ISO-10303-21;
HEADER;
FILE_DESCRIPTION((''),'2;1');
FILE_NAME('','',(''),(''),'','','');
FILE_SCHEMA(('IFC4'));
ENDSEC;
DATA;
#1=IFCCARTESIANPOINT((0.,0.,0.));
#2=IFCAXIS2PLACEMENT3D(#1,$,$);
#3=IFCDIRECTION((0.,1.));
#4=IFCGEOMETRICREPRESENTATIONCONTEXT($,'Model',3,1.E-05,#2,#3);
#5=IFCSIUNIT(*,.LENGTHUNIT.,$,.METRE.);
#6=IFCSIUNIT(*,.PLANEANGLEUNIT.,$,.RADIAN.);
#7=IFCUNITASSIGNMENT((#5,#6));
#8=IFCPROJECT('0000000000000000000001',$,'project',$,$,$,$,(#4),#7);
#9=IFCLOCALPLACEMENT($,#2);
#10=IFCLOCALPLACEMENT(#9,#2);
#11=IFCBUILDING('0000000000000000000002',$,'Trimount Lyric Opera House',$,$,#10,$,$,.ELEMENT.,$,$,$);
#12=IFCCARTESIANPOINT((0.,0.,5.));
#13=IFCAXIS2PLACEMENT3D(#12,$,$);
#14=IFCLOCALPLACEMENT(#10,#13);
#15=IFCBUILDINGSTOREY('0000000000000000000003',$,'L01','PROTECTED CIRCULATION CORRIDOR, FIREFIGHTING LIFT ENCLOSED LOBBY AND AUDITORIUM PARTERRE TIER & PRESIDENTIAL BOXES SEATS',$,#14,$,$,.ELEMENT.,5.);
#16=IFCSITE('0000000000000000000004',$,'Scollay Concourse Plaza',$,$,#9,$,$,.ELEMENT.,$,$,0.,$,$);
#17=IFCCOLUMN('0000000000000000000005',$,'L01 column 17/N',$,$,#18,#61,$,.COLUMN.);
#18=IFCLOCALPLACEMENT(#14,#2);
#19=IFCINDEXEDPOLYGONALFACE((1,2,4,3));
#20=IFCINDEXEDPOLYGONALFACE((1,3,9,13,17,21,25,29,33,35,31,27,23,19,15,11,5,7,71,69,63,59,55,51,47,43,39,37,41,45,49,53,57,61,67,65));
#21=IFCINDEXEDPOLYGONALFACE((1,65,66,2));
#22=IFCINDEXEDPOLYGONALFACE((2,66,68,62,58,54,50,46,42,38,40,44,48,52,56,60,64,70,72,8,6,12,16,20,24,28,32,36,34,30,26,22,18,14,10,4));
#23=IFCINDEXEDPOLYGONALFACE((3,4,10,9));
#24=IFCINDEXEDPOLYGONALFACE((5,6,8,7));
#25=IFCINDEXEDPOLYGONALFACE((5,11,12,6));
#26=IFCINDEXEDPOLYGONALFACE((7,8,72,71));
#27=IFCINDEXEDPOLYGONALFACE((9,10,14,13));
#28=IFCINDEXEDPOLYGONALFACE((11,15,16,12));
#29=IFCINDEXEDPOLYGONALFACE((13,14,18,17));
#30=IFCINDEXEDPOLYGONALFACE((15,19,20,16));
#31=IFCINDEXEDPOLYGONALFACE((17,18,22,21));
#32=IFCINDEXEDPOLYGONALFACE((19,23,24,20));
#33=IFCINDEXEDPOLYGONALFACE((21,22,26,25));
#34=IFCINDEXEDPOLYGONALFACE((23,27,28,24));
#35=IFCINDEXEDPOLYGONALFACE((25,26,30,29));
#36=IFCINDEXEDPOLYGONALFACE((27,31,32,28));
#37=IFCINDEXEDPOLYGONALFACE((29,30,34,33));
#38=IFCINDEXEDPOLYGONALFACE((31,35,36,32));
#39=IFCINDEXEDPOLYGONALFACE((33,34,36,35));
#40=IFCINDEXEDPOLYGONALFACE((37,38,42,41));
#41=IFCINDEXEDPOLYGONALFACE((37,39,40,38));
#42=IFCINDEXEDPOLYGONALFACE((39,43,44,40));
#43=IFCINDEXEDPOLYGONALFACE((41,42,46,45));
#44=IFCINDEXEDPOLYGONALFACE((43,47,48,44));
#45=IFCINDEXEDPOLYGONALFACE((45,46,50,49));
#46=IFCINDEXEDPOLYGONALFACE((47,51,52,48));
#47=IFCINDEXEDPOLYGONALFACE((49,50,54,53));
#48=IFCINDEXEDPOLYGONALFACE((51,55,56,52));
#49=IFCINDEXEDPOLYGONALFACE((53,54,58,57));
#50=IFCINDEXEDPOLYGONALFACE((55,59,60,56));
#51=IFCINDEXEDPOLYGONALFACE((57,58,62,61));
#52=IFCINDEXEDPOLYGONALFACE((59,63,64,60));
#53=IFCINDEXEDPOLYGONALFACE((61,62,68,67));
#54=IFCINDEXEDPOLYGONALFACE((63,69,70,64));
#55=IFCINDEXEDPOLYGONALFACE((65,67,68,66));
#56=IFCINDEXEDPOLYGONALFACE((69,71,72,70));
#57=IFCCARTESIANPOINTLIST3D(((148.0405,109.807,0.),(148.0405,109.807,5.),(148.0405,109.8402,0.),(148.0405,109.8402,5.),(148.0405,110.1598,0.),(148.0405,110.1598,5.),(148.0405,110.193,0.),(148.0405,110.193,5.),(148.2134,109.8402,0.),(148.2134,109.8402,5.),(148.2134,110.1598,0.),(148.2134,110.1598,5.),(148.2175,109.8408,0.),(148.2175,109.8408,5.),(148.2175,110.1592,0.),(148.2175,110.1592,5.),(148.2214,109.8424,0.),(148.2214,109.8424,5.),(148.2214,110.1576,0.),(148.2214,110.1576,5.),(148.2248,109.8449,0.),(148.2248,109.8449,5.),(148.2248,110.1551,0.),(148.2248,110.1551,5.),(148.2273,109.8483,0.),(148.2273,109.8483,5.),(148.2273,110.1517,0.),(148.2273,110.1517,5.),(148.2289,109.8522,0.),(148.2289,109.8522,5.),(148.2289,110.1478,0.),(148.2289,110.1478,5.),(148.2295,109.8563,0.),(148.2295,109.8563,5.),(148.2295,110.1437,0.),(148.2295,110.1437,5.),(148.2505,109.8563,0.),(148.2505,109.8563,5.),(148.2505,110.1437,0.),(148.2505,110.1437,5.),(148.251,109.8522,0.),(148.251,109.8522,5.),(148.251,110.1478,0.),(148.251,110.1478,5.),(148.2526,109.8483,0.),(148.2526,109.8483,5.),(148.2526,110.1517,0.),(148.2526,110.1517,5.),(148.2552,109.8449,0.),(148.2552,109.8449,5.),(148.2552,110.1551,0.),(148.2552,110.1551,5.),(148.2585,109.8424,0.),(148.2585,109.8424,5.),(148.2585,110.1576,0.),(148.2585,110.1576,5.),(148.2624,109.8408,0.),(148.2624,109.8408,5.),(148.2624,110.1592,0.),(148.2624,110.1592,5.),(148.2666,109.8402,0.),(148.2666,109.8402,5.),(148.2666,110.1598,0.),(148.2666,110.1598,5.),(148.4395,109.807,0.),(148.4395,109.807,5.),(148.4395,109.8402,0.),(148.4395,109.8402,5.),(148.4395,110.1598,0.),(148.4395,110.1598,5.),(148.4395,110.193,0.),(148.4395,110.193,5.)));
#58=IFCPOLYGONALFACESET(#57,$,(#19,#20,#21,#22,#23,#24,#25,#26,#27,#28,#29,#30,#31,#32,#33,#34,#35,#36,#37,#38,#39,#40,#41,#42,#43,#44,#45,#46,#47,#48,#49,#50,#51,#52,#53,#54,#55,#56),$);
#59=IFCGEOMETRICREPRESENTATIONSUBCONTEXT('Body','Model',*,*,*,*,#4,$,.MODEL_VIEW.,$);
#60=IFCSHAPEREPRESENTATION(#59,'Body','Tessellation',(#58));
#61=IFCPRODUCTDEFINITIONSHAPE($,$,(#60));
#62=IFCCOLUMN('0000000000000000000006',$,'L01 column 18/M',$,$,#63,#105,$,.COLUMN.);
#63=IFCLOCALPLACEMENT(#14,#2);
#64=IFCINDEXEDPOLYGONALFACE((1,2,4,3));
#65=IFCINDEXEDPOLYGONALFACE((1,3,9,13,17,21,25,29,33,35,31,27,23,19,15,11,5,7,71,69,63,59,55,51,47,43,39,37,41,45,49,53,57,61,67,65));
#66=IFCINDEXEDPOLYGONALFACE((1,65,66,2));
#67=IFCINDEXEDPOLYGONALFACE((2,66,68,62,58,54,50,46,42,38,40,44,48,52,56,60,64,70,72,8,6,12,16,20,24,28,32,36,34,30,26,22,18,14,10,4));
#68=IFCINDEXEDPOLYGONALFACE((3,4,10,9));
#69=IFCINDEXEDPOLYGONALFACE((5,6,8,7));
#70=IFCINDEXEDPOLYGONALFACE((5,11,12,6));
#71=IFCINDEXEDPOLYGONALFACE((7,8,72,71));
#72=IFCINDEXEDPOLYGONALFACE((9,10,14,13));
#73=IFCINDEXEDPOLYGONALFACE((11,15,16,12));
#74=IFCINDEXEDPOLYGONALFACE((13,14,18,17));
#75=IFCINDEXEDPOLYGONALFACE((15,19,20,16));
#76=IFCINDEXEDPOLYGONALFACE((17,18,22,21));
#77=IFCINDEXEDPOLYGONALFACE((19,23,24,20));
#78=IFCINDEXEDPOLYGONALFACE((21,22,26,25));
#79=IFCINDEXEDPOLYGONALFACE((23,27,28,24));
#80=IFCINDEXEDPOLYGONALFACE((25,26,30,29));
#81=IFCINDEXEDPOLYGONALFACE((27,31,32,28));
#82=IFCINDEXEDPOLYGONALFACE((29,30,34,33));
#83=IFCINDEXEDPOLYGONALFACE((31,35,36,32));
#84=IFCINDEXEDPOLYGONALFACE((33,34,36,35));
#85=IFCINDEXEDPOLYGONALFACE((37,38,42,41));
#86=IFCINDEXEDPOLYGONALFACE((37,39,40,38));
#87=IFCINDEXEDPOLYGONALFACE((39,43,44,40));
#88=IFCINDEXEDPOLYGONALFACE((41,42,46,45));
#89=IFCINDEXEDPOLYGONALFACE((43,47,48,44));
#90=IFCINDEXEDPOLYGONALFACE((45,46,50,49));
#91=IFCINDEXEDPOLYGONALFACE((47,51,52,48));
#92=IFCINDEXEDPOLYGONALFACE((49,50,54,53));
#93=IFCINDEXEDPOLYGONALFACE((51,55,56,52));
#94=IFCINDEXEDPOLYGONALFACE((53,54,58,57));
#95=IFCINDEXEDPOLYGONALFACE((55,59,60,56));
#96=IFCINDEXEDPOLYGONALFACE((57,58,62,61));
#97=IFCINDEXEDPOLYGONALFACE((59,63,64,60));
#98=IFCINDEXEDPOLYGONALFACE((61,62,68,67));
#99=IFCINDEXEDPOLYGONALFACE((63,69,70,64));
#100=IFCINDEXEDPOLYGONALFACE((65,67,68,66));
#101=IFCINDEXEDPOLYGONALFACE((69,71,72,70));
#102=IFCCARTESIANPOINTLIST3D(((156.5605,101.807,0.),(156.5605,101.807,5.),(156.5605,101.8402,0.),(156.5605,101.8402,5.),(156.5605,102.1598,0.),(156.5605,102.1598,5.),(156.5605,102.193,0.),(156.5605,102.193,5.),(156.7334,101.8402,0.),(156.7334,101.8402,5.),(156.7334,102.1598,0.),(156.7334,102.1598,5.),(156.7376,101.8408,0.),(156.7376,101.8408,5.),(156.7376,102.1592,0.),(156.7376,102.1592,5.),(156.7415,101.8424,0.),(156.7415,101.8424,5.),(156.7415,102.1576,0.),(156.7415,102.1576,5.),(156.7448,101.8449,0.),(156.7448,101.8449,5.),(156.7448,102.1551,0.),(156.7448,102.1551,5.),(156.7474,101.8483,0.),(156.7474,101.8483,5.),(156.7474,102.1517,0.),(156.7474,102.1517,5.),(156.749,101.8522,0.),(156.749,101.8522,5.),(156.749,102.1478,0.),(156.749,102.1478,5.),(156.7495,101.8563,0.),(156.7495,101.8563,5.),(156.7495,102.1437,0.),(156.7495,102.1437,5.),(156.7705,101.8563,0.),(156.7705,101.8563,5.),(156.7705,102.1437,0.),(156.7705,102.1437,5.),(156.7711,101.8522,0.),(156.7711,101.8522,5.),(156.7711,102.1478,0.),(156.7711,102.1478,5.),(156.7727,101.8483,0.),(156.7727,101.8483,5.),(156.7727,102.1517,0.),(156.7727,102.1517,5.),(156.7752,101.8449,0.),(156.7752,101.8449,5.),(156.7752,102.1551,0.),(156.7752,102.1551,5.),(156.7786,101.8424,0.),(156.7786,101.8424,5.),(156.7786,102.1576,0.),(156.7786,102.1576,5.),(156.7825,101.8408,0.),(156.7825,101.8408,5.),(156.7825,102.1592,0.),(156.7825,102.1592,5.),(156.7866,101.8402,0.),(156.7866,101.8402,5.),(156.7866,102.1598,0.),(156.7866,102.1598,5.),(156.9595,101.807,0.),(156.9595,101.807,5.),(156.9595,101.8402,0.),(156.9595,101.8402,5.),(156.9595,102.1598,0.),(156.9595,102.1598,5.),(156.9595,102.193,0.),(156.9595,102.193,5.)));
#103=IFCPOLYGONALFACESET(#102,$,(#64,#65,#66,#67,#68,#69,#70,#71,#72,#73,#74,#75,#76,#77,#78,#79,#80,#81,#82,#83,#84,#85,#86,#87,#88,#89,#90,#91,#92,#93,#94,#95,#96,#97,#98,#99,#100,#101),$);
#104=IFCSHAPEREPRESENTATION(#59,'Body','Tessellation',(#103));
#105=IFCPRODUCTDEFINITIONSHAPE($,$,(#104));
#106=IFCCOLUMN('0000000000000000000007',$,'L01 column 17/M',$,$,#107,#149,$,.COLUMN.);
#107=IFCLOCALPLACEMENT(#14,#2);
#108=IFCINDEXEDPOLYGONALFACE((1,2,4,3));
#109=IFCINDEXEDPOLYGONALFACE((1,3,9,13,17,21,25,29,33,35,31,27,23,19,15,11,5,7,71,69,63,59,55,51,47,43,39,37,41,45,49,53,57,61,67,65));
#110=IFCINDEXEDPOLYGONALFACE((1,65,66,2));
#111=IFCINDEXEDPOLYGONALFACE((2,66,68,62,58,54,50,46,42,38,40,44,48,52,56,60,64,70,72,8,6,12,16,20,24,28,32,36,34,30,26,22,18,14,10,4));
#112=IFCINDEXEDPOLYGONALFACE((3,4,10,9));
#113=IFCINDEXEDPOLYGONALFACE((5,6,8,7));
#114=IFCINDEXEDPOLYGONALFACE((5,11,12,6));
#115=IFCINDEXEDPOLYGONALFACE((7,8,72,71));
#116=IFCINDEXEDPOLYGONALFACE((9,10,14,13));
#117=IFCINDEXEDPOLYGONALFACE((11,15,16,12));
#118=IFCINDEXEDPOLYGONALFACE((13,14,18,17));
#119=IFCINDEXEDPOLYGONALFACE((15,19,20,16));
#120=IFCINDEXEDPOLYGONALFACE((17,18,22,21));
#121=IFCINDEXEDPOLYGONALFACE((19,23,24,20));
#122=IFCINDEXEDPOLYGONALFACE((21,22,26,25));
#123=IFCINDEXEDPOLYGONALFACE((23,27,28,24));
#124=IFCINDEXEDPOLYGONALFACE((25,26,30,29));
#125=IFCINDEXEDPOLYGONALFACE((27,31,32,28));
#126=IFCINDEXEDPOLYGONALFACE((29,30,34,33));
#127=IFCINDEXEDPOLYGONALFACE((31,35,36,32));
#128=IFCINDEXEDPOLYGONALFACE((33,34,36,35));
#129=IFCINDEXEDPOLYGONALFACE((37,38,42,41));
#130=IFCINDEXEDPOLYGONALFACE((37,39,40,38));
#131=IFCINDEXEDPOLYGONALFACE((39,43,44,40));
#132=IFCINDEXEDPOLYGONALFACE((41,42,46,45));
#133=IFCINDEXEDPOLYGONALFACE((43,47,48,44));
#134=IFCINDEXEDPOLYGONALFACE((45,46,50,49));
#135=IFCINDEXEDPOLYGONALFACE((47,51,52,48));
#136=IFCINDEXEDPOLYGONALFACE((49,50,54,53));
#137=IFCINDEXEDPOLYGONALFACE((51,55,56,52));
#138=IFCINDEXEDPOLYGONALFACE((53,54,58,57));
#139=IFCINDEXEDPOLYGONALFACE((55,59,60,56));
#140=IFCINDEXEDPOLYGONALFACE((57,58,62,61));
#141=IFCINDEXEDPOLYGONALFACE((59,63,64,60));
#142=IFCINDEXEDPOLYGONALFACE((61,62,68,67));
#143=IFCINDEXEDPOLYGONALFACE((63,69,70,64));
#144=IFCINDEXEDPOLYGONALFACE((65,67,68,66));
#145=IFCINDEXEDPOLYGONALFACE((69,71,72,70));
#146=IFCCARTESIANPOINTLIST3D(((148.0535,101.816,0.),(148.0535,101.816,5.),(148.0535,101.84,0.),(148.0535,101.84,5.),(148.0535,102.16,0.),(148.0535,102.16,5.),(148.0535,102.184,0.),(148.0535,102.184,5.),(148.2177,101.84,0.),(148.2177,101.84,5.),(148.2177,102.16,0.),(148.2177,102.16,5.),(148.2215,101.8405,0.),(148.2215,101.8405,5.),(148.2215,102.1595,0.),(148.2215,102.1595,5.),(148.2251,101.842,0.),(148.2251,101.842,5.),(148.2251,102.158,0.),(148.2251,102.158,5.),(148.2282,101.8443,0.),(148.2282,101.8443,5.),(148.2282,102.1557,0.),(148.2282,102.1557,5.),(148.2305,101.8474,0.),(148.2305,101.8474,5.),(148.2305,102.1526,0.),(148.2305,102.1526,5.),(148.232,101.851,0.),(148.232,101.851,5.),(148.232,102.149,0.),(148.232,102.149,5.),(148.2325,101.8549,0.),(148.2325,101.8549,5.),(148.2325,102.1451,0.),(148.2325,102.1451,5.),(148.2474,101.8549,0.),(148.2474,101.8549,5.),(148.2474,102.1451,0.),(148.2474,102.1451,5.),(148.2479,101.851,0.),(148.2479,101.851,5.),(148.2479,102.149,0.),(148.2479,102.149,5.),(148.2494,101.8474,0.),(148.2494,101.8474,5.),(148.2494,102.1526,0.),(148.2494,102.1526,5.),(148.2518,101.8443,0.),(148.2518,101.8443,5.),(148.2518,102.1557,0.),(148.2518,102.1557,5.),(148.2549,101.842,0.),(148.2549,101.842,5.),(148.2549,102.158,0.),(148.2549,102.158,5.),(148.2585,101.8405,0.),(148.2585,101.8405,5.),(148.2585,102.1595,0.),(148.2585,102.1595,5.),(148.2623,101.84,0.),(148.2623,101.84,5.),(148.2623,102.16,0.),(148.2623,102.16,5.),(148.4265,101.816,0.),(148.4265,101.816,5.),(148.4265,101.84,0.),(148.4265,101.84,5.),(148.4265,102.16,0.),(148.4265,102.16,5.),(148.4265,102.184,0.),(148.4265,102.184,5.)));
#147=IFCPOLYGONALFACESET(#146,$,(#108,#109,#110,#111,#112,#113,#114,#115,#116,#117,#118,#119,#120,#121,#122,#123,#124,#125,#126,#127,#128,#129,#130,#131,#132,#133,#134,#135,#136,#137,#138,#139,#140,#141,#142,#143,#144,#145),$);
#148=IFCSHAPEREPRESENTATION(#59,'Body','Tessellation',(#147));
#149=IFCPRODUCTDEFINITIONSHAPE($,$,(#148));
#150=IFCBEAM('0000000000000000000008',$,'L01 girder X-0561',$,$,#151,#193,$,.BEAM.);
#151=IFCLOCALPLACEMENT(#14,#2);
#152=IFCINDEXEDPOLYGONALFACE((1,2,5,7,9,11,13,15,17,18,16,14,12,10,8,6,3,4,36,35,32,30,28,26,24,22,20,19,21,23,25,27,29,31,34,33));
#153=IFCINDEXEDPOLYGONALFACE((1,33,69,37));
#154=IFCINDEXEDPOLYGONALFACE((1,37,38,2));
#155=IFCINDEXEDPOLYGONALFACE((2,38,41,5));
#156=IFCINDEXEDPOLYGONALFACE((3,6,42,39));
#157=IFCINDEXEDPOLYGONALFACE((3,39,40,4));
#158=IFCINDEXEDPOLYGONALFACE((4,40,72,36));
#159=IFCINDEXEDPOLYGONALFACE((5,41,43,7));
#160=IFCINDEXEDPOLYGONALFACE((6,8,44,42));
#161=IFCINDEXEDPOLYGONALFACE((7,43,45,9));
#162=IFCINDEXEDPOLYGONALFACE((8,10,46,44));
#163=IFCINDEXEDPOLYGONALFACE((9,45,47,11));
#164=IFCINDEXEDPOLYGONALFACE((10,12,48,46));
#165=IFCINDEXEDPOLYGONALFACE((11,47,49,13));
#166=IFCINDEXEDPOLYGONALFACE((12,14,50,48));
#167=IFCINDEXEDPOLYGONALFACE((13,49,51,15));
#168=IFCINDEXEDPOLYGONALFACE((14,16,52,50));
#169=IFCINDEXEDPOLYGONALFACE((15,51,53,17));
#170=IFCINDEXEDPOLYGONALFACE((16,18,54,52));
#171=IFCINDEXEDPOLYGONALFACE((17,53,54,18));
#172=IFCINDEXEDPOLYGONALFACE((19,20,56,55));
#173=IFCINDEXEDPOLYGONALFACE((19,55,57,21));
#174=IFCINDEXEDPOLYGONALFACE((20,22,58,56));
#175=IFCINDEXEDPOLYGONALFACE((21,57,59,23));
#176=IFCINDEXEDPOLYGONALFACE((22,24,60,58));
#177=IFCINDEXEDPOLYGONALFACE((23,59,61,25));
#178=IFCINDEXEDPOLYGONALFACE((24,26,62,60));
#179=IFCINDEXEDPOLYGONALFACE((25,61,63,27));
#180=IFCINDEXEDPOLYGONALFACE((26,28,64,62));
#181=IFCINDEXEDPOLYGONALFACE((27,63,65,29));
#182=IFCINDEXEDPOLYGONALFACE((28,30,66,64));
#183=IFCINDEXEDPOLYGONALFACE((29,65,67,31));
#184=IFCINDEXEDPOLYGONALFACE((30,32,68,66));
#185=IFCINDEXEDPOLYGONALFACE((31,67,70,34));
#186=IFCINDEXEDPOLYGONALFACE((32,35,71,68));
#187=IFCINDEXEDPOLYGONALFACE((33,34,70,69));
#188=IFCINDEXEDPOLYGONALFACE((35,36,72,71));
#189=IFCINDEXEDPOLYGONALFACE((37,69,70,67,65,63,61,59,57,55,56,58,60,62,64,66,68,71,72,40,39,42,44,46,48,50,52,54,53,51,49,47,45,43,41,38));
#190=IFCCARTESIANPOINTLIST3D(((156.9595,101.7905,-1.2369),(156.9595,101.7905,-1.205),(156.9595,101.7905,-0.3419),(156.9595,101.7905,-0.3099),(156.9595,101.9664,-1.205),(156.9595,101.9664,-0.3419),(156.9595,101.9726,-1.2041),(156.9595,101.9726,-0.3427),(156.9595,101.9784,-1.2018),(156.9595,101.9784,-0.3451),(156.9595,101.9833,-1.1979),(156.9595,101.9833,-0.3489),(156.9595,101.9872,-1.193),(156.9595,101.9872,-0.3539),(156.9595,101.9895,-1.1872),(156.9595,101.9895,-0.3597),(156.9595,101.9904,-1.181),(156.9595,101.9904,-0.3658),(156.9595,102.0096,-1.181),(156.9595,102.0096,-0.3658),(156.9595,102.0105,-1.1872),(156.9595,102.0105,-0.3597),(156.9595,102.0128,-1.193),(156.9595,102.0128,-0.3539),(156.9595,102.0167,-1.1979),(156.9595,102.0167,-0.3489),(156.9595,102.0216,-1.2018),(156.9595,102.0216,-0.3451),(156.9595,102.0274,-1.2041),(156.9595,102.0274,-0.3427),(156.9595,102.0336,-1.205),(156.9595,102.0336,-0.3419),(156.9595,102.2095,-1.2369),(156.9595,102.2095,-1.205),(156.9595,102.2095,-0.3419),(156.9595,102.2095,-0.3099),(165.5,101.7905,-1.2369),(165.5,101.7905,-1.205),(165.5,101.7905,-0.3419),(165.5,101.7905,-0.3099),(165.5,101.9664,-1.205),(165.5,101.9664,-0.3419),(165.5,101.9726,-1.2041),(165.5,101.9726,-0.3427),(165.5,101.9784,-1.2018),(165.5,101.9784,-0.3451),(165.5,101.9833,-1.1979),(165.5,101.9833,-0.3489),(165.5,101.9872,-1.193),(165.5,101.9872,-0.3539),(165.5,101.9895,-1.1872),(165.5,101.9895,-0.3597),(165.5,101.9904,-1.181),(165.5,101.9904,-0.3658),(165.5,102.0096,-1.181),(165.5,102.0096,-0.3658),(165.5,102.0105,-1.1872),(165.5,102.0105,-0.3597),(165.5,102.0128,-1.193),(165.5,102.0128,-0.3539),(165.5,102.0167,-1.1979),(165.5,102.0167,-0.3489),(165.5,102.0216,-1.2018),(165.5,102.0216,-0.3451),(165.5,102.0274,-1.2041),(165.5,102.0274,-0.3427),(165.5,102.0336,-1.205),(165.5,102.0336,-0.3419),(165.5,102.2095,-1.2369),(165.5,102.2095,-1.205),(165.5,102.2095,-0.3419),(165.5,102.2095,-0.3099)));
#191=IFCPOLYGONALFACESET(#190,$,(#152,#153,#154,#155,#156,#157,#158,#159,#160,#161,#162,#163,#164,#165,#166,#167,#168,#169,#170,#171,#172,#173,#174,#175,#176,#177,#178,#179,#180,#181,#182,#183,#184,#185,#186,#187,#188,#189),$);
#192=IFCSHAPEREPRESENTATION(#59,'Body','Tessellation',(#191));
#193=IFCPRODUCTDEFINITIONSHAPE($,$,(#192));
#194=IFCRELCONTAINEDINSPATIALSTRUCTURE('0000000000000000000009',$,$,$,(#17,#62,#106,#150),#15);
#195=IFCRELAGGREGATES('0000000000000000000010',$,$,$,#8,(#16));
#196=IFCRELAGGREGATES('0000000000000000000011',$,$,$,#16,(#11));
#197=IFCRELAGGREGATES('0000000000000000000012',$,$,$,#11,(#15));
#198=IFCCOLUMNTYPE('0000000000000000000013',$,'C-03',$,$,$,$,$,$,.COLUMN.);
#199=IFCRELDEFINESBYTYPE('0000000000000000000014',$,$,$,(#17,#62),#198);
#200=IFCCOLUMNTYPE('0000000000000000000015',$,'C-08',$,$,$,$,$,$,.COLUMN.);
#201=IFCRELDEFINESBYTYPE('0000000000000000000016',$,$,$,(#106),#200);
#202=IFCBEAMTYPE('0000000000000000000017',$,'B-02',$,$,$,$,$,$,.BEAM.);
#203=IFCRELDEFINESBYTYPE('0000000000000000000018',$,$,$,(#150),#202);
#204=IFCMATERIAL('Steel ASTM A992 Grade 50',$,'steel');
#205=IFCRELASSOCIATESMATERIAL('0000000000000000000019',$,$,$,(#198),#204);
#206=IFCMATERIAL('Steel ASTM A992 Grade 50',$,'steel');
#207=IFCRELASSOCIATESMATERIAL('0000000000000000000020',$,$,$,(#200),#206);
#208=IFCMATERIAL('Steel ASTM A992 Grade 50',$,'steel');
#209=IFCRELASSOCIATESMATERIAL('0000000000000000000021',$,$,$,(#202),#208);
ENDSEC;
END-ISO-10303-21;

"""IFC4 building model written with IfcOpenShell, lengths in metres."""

from ifc_helpers import new_model, si_unit, direction, frame, origin, origin_2d, place, context, subcontext, project, spatial, i_section, extrude, material, material_profile, profile_set, type_object, element, save


model = new_model("IFC4")

# Units and contexts
model_context = context("Model", 3, precision=1e-05, world=origin(), true_north=direction((0.0, 1.0)))
body_context = subcontext(model_context, "Body", "Model", "MODEL_VIEW")
ifc_project = project(units=[si_unit("LENGTHUNIT", "METRE"), si_unit("PLANEANGLEUNIT", "RADIAN")], contexts=[model_context])

# Site, building, storey
site_placement = place(None, origin())
site = spatial("IfcSite", under=ifc_project, at=site_placement, Name="Scollay Concourse Plaza", CompositionType="ELEMENT", RefElevation=0.0)
building_placement = place(site_placement, origin())
building = spatial("IfcBuilding", under=site, at=building_placement, Name="Trimount Lyric Opera House", CompositionType="ELEMENT")
storey_placement = place(building_placement, frame((0.0, 0.0, 5.0)))
storey = spatial("IfcBuildingStorey", under=building, at=storey_placement, Name="L01", Description="PROTECTED CIRCULATION CORRIDOR, FIREFIGHTING LIFT ENCLOSED LOBBY AND AUDITORIUM PARTERRE TIER & PRESIDENTIAL BOXES SEATS", CompositionType="ELEMENT", Elevation=5.0)

# Columns
ifc_material_1 = material(Name="Steel ASTM A992 Grade 50", Category="steel")
ifc_material_profile_1 = material_profile(ifc_material_1, i_section(OverallWidth=0.3989, OverallDepth=0.386, WebThickness=0.021, FlangeThickness=0.0332, FilletRadius=0.0161, at=origin_2d()), Name="W14X176")
ifc_profile_set_1 = profile_set([ifc_material_profile_1], Name="Steel ASTM A992 Grade 50")
column_type_1 = type_object("IfcColumnType", Name="C-03", PredefinedType="COLUMN", material=ifc_profile_set_1)
for number, where, z_axis, x_axis, name in (
    (1, (148.24, 110.0, 0.0), (0.0, 0.0, 1.0), (1.0, 0.0, 0.0), "L01 column 17/N"),
    (2, (156.76, 102.0, 0.0), (0.0, 0.0, 1.0), (1.0, 0.0, 0.0), "L01 column 18/M"),
):
    element("IfcColumn", number, at=place(storey_placement, frame(where, z_axis=z_axis, x_axis=x_axis)), inside=storey, type_object=column_type_1, Name=name, PredefinedType="COLUMN", context=body_context, shape_type="SweptSolid", body=[
        extrude(i_section(OverallWidth=0.3989, OverallDepth=0.386, WebThickness=0.021, FlangeThickness=0.0332, FilletRadius=0.0161, at=origin_2d()), origin(), (0.0, 0.0, 1.0), 5.0),
    ])
ifc_material_2 = material(Name="Steel ASTM A992 Grade 50", Category="steel")
ifc_material_profile_2 = material_profile(ifc_material_2, i_section(OverallWidth=0.373, OverallDepth=0.3679, WebThickness=0.0149, FlangeThickness=0.0239, FilletRadius=0.0149, at=origin_2d()), Name="W14X120")
ifc_profile_set_2 = profile_set([ifc_material_profile_2], Name="Steel ASTM A992 Grade 50")
column_type_2 = type_object("IfcColumnType", Name="C-08", PredefinedType="COLUMN", material=ifc_profile_set_2)
column_placement = place(storey_placement, frame((148.24, 102.0, 0.0), z_axis=(0.0, 0.0, 1.0), x_axis=(1.0, 0.0, 0.0)))
element("IfcColumn", 3, at=column_placement, inside=storey, type_object=column_type_2, Name="L01 column 17/M", PredefinedType="COLUMN", context=body_context, shape_type="SweptSolid", body=[
    extrude(i_section(OverallWidth=0.373, OverallDepth=0.3679, WebThickness=0.0149, FlangeThickness=0.0239, FilletRadius=0.0149, at=origin_2d()), origin(), (0.0, 0.0, 1.0), 5.0),
])

# Beam
ifc_material_3 = material(Name="Steel ASTM A992 Grade 50", Category="steel")
ifc_material_profile_3 = material_profile(ifc_material_3, i_section(OverallWidth=0.4189, OverallDepth=0.927, WebThickness=0.0193, FlangeThickness=0.032, FilletRadius=0.0239, at=origin_2d()), Name="W36X231")
ifc_profile_set_3 = profile_set([ifc_material_profile_3], Name="Steel ASTM A992 Grade 50")
beam_type_1 = type_object("IfcBeamType", Name="B-02", PredefinedType="BEAM", material=ifc_profile_set_3)
beam_1_placement = place(storey_placement, frame((156.9595, 102.0, -0.7734), z_axis=(1.0, 0.0, 0.0), x_axis=(0.0, 1.0, 0.0)))
element("IfcBeam", 4, at=beam_1_placement, inside=storey, type_object=beam_type_1, Name="L01 girder X-0561", PredefinedType="BEAM", context=body_context, shape_type="SweptSolid", body=[
    extrude(i_section(OverallWidth=0.4189, OverallDepth=0.927, WebThickness=0.0193, FlangeThickness=0.032, FilletRadius=0.0239, at=origin_2d()), origin(), (0.0, 0.0, 1.0), 8.5405),
])

save(model, "model.ifc")
